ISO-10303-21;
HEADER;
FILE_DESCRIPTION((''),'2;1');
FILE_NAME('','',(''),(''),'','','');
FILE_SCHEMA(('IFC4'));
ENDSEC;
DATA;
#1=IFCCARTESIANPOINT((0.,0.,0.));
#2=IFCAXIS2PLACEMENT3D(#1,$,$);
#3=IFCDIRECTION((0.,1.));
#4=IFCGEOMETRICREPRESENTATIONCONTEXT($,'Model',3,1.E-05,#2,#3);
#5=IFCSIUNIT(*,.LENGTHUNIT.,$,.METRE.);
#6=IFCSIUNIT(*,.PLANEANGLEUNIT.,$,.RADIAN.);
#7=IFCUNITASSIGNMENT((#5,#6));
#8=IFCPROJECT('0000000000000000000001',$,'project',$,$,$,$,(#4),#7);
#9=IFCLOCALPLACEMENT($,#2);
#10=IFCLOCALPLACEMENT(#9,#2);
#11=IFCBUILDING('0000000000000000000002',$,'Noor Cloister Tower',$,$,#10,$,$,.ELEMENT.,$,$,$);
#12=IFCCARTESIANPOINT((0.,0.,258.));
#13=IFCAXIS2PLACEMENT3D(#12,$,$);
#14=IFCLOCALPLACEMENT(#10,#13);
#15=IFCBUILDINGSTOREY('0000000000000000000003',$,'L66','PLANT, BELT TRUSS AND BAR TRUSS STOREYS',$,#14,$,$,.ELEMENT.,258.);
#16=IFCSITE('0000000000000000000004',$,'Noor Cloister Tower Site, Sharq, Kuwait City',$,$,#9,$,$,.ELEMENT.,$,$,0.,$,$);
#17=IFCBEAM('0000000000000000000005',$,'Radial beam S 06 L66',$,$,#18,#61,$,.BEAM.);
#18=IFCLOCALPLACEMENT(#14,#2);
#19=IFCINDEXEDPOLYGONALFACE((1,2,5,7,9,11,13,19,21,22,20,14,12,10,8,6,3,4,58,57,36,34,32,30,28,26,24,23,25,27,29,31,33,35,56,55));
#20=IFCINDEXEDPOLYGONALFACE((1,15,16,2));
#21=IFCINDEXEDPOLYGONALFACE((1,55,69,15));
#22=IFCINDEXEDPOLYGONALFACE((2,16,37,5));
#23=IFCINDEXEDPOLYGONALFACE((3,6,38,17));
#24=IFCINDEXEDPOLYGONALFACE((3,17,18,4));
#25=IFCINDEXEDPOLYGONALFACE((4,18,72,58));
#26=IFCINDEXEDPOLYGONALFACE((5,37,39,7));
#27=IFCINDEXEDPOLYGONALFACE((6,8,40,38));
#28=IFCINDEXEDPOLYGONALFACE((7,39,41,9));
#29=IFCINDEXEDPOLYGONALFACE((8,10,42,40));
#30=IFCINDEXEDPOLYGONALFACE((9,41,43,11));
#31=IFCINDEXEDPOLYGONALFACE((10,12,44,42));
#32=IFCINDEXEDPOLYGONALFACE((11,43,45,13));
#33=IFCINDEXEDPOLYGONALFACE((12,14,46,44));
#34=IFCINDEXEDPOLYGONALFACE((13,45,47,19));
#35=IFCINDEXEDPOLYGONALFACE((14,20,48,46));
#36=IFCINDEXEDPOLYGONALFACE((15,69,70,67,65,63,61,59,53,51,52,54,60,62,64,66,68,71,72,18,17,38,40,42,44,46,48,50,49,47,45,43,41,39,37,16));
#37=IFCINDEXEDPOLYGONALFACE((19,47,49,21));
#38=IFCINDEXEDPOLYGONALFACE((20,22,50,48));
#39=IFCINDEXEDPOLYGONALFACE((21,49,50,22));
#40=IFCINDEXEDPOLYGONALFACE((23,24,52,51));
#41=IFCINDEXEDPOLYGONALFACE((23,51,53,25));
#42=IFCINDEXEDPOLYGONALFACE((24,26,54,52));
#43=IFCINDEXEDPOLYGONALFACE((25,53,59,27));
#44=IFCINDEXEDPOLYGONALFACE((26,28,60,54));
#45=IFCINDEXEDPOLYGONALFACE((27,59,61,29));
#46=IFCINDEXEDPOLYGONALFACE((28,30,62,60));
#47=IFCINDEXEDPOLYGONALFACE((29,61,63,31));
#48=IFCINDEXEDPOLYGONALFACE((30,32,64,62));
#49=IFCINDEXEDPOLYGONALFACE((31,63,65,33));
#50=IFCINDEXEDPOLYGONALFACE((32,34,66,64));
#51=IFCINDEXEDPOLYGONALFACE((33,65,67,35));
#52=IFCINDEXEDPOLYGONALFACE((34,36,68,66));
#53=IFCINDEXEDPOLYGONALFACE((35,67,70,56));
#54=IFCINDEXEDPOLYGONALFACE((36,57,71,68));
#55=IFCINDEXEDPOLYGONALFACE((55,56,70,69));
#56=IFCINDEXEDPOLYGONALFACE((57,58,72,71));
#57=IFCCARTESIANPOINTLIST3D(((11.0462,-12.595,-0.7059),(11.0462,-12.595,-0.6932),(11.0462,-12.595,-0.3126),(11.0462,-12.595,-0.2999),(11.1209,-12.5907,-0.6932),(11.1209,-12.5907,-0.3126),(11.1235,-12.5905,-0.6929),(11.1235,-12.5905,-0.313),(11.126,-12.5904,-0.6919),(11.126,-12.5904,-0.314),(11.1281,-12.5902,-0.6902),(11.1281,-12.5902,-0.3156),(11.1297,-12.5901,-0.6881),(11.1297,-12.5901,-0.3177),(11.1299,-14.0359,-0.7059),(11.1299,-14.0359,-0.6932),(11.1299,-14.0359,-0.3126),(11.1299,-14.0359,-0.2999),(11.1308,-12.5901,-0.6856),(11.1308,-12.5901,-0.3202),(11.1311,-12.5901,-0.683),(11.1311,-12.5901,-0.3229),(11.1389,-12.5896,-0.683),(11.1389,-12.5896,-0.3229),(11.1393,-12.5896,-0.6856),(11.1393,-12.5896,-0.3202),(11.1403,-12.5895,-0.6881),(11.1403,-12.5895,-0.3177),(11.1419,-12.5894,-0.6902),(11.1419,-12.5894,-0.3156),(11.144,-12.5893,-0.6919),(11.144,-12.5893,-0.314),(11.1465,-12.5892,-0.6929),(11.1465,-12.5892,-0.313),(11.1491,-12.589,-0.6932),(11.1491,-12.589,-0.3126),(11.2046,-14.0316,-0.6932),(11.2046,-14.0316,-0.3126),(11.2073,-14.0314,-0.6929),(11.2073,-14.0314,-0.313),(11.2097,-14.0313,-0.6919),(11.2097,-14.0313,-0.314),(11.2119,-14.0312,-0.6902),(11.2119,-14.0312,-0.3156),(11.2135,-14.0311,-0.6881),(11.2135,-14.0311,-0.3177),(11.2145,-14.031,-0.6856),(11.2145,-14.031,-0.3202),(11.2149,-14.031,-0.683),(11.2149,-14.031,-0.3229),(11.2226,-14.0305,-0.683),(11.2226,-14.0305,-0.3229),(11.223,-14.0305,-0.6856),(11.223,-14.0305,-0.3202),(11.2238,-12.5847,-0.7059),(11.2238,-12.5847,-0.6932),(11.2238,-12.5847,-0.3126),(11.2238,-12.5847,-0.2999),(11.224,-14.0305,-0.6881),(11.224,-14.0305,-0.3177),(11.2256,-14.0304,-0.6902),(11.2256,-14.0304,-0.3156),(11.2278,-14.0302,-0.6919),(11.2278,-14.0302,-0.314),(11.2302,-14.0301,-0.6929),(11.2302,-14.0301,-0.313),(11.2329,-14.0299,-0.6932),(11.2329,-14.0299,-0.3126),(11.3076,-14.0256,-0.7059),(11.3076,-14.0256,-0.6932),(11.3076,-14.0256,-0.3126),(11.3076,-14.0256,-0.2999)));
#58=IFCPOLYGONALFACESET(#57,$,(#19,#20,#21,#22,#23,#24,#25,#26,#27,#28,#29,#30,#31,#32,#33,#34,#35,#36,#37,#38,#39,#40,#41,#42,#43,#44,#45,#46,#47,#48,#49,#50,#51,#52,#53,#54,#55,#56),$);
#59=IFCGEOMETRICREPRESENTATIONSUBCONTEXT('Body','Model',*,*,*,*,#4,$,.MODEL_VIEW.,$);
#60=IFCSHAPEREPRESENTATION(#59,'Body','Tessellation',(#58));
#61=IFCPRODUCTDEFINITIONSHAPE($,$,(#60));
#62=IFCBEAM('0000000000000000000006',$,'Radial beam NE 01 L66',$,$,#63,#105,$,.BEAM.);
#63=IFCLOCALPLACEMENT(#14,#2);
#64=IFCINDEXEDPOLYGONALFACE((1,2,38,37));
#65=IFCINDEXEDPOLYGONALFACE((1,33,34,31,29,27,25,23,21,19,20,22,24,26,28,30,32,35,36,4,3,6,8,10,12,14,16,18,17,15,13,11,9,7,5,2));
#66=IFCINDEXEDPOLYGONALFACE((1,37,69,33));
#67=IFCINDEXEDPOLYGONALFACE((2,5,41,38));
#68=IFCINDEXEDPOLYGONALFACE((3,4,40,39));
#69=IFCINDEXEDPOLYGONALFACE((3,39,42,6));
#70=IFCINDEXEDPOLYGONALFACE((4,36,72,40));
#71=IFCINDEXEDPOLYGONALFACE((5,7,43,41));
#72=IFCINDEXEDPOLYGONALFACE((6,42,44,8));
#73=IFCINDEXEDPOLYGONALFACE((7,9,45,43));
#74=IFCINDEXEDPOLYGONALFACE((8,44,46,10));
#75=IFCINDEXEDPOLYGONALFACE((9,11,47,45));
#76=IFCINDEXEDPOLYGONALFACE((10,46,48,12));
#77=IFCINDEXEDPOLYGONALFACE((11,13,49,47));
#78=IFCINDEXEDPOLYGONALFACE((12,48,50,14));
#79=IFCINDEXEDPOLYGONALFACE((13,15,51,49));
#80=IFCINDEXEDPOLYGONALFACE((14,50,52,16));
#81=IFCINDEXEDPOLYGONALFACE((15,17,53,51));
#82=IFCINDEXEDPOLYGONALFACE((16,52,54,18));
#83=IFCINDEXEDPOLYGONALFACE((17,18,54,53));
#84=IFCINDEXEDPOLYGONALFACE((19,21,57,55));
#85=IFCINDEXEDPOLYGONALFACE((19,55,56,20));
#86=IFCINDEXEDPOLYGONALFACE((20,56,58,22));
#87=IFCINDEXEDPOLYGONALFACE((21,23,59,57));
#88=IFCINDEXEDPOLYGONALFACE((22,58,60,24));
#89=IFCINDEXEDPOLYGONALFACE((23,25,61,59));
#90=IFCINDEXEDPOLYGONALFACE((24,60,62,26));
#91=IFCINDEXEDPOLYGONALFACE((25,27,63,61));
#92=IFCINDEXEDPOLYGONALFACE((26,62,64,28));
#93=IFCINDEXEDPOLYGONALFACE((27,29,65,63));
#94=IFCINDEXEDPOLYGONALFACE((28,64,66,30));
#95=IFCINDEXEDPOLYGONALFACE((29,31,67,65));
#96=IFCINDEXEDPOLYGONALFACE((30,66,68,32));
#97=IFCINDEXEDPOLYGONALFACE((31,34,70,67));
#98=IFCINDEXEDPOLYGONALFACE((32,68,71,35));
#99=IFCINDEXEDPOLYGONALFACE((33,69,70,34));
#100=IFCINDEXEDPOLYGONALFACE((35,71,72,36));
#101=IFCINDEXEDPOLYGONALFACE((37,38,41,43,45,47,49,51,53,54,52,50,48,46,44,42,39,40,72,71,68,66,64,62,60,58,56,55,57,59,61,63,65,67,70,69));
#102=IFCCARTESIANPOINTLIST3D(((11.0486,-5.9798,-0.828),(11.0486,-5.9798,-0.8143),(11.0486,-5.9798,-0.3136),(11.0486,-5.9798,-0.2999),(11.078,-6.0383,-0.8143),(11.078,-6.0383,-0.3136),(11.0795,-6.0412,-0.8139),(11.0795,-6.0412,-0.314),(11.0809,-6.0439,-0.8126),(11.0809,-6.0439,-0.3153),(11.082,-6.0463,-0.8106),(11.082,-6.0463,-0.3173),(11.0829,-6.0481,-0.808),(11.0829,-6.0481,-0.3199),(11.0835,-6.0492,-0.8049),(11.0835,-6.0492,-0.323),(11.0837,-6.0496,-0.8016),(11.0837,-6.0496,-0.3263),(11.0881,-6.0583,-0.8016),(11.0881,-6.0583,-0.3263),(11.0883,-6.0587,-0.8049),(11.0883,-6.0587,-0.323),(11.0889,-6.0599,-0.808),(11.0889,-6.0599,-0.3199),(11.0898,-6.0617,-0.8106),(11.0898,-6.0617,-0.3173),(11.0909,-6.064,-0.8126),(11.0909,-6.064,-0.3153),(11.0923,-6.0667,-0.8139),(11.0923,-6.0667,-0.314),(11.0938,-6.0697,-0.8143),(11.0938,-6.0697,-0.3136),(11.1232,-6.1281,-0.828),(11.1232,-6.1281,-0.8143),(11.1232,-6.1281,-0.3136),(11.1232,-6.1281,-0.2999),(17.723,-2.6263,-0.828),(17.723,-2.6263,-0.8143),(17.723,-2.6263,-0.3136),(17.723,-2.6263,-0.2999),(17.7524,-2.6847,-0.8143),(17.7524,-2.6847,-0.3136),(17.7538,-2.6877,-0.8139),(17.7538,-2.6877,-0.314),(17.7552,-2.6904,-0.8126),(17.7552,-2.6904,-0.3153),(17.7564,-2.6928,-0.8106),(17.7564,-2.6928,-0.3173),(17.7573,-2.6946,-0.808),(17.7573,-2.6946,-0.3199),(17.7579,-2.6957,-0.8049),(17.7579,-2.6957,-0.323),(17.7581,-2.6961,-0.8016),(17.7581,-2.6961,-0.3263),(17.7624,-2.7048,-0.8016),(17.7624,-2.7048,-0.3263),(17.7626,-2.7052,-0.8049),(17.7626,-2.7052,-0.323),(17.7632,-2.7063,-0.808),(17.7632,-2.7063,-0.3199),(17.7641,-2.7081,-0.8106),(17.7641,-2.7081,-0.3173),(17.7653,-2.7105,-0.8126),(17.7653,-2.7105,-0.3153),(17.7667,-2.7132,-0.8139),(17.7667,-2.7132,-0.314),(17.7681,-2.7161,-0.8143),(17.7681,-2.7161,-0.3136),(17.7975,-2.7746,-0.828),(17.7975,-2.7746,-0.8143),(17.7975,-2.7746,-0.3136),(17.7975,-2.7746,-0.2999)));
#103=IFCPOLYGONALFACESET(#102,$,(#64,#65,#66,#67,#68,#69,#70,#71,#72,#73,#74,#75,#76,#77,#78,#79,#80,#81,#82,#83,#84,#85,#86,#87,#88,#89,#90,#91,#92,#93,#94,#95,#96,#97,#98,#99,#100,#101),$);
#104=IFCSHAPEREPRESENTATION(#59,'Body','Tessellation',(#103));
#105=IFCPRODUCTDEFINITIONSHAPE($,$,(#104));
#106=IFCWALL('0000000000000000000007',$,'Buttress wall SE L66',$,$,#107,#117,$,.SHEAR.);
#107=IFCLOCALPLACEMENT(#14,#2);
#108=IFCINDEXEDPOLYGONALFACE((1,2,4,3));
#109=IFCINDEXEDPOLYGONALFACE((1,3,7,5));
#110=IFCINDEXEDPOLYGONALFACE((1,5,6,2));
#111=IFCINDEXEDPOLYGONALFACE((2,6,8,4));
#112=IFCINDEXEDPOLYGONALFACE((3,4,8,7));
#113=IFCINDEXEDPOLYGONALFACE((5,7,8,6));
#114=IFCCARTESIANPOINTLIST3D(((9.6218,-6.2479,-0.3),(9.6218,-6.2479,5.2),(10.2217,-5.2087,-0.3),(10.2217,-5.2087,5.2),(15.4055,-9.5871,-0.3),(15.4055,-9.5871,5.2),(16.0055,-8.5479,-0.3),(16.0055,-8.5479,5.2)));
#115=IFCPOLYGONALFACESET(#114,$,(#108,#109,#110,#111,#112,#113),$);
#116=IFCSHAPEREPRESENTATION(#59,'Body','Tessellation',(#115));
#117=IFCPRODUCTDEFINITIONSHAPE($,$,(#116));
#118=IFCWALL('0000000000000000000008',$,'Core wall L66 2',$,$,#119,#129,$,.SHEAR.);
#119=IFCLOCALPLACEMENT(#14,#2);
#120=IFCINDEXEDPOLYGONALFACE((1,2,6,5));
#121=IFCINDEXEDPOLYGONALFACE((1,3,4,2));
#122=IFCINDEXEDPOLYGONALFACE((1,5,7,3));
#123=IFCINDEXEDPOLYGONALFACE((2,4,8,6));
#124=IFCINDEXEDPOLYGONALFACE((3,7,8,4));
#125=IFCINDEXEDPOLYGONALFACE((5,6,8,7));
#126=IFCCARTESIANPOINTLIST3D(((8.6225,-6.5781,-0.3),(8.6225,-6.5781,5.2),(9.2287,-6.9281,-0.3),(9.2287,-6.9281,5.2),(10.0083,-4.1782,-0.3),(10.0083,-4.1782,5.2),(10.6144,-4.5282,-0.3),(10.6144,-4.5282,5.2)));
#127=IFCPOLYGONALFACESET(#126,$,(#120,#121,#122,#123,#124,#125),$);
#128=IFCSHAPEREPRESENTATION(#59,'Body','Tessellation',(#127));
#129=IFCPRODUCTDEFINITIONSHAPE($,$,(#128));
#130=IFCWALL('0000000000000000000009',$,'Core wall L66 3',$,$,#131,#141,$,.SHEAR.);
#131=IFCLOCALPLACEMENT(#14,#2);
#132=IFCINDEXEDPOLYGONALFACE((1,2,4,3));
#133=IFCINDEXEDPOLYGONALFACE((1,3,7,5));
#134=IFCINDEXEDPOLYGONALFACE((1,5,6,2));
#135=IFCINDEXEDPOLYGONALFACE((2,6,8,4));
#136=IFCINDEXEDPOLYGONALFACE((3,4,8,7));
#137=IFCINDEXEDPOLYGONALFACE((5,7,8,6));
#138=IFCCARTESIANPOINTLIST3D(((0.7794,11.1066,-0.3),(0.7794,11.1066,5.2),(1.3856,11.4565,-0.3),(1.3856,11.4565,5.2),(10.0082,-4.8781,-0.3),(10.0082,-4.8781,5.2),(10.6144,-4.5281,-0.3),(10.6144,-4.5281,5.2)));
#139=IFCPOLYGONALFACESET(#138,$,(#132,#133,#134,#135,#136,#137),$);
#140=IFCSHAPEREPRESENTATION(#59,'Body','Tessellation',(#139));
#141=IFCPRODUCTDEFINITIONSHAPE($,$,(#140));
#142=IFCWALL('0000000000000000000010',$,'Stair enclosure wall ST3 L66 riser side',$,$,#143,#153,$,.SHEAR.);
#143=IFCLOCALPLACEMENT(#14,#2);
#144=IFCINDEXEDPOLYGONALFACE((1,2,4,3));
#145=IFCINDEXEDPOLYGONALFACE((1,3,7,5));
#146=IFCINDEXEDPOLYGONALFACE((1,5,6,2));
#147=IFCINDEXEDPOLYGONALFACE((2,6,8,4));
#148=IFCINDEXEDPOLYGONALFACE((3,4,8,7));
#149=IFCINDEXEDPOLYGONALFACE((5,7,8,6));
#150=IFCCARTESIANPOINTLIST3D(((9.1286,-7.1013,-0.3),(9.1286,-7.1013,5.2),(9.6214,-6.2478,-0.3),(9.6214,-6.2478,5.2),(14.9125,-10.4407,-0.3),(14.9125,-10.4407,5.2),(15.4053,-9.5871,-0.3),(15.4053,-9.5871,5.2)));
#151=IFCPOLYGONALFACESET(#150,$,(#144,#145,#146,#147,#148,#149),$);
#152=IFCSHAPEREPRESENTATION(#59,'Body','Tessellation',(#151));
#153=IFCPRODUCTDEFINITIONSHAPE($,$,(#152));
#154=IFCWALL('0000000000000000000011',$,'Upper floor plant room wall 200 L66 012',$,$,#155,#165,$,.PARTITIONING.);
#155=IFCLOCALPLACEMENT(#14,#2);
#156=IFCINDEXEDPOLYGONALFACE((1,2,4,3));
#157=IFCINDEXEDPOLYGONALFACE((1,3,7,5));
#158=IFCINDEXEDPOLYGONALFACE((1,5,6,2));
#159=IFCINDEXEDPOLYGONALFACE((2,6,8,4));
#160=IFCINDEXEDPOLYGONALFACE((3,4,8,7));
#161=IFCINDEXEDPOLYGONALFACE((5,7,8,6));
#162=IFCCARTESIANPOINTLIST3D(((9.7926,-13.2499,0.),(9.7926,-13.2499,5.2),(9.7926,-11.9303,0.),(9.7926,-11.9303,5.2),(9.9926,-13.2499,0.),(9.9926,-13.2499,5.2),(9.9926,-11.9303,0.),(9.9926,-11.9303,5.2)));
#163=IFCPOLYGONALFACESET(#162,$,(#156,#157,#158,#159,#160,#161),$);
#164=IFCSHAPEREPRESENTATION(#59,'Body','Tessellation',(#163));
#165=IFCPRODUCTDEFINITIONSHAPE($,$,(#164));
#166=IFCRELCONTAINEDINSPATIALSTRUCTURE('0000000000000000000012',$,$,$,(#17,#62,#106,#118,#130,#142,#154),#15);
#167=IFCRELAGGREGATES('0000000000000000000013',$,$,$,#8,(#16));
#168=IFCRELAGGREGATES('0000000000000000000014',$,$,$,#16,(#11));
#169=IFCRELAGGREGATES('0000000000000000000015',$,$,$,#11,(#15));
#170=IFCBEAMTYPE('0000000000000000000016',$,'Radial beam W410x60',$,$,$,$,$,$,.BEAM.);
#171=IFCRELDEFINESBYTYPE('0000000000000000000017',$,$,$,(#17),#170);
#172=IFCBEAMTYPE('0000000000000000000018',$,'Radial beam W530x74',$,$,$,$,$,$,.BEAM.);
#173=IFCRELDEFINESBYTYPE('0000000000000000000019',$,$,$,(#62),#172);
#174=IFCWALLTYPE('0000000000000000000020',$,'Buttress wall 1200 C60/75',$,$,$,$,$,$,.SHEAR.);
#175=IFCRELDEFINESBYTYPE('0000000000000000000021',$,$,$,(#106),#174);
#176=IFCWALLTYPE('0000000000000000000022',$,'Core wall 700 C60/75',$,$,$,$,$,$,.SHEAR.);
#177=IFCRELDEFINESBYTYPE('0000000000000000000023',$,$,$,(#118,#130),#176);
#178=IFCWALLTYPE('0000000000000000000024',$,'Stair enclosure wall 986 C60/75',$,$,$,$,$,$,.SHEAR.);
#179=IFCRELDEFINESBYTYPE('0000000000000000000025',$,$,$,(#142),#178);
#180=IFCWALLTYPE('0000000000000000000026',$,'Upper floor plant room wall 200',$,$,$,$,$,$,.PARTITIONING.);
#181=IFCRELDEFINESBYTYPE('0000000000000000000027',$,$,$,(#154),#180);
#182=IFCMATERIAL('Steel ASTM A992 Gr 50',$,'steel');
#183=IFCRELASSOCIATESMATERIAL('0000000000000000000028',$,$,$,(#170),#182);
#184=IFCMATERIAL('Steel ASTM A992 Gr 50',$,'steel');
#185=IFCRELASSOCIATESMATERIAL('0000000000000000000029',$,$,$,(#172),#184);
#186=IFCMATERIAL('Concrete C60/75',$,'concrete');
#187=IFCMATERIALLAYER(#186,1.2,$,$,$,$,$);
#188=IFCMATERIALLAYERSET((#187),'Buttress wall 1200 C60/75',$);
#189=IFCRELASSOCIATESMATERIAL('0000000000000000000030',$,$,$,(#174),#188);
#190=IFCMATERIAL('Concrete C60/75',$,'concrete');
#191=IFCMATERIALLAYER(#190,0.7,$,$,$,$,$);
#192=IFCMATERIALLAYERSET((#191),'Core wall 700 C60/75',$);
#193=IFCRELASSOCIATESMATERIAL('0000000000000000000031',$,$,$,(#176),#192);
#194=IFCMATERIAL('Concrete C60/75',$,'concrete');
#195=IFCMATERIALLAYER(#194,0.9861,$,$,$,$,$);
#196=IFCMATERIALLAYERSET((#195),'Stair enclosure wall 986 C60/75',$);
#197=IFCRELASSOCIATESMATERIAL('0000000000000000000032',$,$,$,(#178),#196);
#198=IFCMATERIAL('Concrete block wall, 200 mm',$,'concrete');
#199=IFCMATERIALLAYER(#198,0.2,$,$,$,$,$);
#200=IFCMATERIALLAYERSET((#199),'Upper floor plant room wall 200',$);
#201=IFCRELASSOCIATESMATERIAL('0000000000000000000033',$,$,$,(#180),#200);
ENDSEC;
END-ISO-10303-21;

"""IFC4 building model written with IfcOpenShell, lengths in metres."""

from ifc_helpers import new_model, si_unit, direction, frame, frame_2d, origin, origin_2d, place, context, subcontext, project, spatial, rectangle, i_section, extrude, material, layer, layer_set, material_profile, profile_set, type_object, element, save


model = new_model("IFC4")

# Units and contexts
model_context = context("Model", 3, precision=1e-05, world=origin(), true_north=direction((0.0, 1.0)))
body_context = subcontext(model_context, "Body", "Model", "MODEL_VIEW")
ifc_project = project(units=[si_unit("LENGTHUNIT", "METRE"), si_unit("PLANEANGLEUNIT", "RADIAN")], contexts=[model_context])

# Site, building, storey
site_placement = place(None, origin())
site = spatial("IfcSite", under=ifc_project, at=site_placement, Name="Noor Cloister Tower Site, Sharq, Kuwait City", CompositionType="ELEMENT", RefElevation=0.0)
building_placement = place(site_placement, origin())
building = spatial("IfcBuilding", under=site, at=building_placement, Name="Noor Cloister Tower", CompositionType="ELEMENT")
storey_placement = place(building_placement, frame((0.0, 0.0, 258.0)))
storey = spatial("IfcBuildingStorey", under=building, at=storey_placement, Name="L66", Description="PLANT, BELT TRUSS AND BAR TRUSS STOREYS", CompositionType="ELEMENT", Elevation=258.0)

# Beams
ifc_material_1 = material(Name="Steel ASTM A992 Gr 50", Category="steel")
ifc_material_profile_1 = material_profile(ifc_material_1, i_section(OverallWidth=0.178, OverallDepth=0.406, WebThickness=0.0078, FlangeThickness=0.0127, FilletRadius=0.0103, at=origin_2d()), Name="W410x60")
ifc_profile_set_1 = profile_set([ifc_material_profile_1], Name="Steel ASTM A992 Gr 50")
beam_type_1 = type_object("IfcBeamType", Name="Radial beam W410x60", PredefinedType="BEAM", material=ifc_profile_set_1)
beam_1_placement = place(storey_placement, frame((11.2188, -14.0308, -0.5029), z_axis=(-0.058018, 0.998316, 0.0), x_axis=(-0.998316, -0.058018, 0.0)))
element("IfcBeam", 1, at=beam_1_placement, inside=storey, type_object=beam_type_1, Name="Radial beam S 06 L66", PredefinedType="BEAM", context=body_context, shape_type="SweptSolid", body=[
    extrude(i_section(OverallWidth=0.178, OverallDepth=0.406, WebThickness=0.0078, FlangeThickness=0.0127, FilletRadius=0.0103, at=origin_2d()), origin(), (0.0, 0.0, 1.0), 1.4434),
])
ifc_material_2 = material(Name="Steel ASTM A992 Gr 50", Category="steel")
ifc_material_profile_2 = material_profile(ifc_material_2, i_section(OverallWidth=0.166, OverallDepth=0.5281, WebThickness=0.0098, FlangeThickness=0.0137, FilletRadius=0.0127, at=origin_2d()), Name="W530x74")
ifc_profile_set_2 = profile_set([ifc_material_profile_2], Name="Steel ASTM A992 Gr 50")
beam_type_2 = type_object("IfcBeamType", Name="Radial beam W530x74", PredefinedType="BEAM", material=ifc_profile_set_2)
beam_2_placement = place(storey_placement, frame((17.7603, -2.7004, -0.564), z_axis=(-0.89355, -0.448965, 0.0), x_axis=(0.448965, -0.89355, 0.0)))
element("IfcBeam", 2, at=beam_2_placement, inside=storey, type_object=beam_type_2, Name="Radial beam NE 01 L66", PredefinedType="BEAM", context=body_context, shape_type="SweptSolid", body=[
    extrude(i_section(OverallWidth=0.166, OverallDepth=0.5281, WebThickness=0.0098, FlangeThickness=0.0137, FilletRadius=0.0127, at=origin_2d()), origin(), (0.0, 0.0, 1.0), 7.4695),
])

# Walls
ifc_material_3 = material(Name="Concrete C60/75", Category="concrete")
ifc_layer_1 = layer(ifc_material_3, 1.2)
ifc_layer_set_1 = layer_set([ifc_layer_1], Name="Buttress wall 1200 C60/75")
wall_type_1 = type_object("IfcWallType", Name="Buttress wall 1200 C60/75", PredefinedType="SHEAR", material=ifc_layer_set_1)
wall_1_placement = place(storey_placement, frame((9.9216, -5.7283, -0.3), z_axis=(0.0, 0.0, 1.0), x_axis=(0.866032, -0.499988, 0.0)))
element("IfcWall", 3, at=wall_1_placement, inside=storey, type_object=wall_type_1, Name="Buttress wall SE L66", PredefinedType="SHEAR", context=body_context, shape_type="SweptSolid", body=[
    extrude(rectangle(XDim=6.6785, YDim=1.2, at=frame_2d((3.3394, 0.0))), origin(), (0.0, 0.0, 1.0), 5.5),
])
ifc_material_4 = material(Name="Concrete C60/75", Category="concrete")
ifc_layer_2 = layer(ifc_material_4, 0.7)
ifc_layer_set_2 = layer_set([ifc_layer_2], Name="Core wall 700 C60/75")
wall_type_2 = type_object("IfcWallType", Name="Core wall 700 C60/75", PredefinedType="SHEAR", material=ifc_layer_set_2)
wall_2_placement = place(storey_placement, frame((8.9255, -6.7532, -0.3), z_axis=(0.0, 0.0, 1.0), x_axis=(0.500043, 0.866001, 0.0)))
element("IfcWall", 4, at=wall_2_placement, inside=storey, type_object=wall_type_2, Name="Core wall L66 2", PredefinedType="SHEAR", context=body_context, shape_type="SweptSolid", body=[
    extrude(rectangle(XDim=2.7712, YDim=0.7, at=frame_2d((1.3857, 0.0))), origin(), (0.0, 0.0, 1.0), 5.5),
])
wall_3_placement = place(storey_placement, frame((10.3113, -4.7031, -0.3), z_axis=(0.0, 0.0, 1.0), x_axis=(-0.500001, 0.866025, 0.0)))
element("IfcWall", 5, at=wall_3_placement, inside=storey, type_object=wall_type_2, Name="Core wall L66 3", PredefinedType="SHEAR", context=body_context, shape_type="SweptSolid", body=[
    extrude(rectangle(XDim=18.4575, YDim=0.7, at=frame_2d((9.2288, 0.0))), origin(), (0.0, 0.0, 1.0), 5.5),
])
ifc_material_5 = material(Name="Concrete C60/75", Category="concrete")
ifc_layer_3 = layer(ifc_material_5, 0.9861)
ifc_layer_set_3 = layer_set([ifc_layer_3], Name="Stair enclosure wall 986 C60/75")
wall_type_3 = type_object("IfcWallType", Name="Stair enclosure wall 986 C60/75", PredefinedType="SHEAR", material=ifc_layer_set_3)
wall_4_placement = place(storey_placement, frame((9.375, -6.6746, -0.3), z_axis=(0.0, 0.0, 1.0), x_axis=(0.866025, -0.5, 0.0)))
element("IfcWall", 6, at=wall_4_placement, inside=storey, type_object=wall_type_3, Name="Stair enclosure wall ST3 L66 riser side", PredefinedType="SHEAR", context=body_context, shape_type="SweptSolid", body=[
    extrude(rectangle(XDim=6.6787, YDim=0.9856, at=frame_2d((3.3394, 0.0))), origin(), (0.0, 0.0, 1.0), 5.5),
])
ifc_material_6 = material(Name="Concrete block wall, 200 mm", Category="concrete")
ifc_layer_4 = layer(ifc_material_6, 0.2)
ifc_layer_set_4 = layer_set([ifc_layer_4], Name="Upper floor plant room wall 200")
wall_type_4 = type_object("IfcWallType", Name="Upper floor plant room wall 200", PredefinedType="PARTITIONING", material=ifc_layer_set_4)
wall_5_placement = place(storey_placement, frame((9.8926, -13.2498, 0.0), z_axis=(0.0, 0.0, 1.0), x_axis=(0.0, 1.0, 0.0)))
element("IfcWall", 7, at=wall_5_placement, inside=storey, type_object=wall_type_4, Name="Upper floor plant room wall 200 L66 012", PredefinedType="PARTITIONING", context=body_context, shape_type="SweptSolid", body=[
    extrude(rectangle(XDim=1.3196, YDim=0.2, at=frame_2d((0.6597, 0.0))), origin(), (0.0, 0.0, 1.0), 5.2),
])

save(model, "model.ifc")
